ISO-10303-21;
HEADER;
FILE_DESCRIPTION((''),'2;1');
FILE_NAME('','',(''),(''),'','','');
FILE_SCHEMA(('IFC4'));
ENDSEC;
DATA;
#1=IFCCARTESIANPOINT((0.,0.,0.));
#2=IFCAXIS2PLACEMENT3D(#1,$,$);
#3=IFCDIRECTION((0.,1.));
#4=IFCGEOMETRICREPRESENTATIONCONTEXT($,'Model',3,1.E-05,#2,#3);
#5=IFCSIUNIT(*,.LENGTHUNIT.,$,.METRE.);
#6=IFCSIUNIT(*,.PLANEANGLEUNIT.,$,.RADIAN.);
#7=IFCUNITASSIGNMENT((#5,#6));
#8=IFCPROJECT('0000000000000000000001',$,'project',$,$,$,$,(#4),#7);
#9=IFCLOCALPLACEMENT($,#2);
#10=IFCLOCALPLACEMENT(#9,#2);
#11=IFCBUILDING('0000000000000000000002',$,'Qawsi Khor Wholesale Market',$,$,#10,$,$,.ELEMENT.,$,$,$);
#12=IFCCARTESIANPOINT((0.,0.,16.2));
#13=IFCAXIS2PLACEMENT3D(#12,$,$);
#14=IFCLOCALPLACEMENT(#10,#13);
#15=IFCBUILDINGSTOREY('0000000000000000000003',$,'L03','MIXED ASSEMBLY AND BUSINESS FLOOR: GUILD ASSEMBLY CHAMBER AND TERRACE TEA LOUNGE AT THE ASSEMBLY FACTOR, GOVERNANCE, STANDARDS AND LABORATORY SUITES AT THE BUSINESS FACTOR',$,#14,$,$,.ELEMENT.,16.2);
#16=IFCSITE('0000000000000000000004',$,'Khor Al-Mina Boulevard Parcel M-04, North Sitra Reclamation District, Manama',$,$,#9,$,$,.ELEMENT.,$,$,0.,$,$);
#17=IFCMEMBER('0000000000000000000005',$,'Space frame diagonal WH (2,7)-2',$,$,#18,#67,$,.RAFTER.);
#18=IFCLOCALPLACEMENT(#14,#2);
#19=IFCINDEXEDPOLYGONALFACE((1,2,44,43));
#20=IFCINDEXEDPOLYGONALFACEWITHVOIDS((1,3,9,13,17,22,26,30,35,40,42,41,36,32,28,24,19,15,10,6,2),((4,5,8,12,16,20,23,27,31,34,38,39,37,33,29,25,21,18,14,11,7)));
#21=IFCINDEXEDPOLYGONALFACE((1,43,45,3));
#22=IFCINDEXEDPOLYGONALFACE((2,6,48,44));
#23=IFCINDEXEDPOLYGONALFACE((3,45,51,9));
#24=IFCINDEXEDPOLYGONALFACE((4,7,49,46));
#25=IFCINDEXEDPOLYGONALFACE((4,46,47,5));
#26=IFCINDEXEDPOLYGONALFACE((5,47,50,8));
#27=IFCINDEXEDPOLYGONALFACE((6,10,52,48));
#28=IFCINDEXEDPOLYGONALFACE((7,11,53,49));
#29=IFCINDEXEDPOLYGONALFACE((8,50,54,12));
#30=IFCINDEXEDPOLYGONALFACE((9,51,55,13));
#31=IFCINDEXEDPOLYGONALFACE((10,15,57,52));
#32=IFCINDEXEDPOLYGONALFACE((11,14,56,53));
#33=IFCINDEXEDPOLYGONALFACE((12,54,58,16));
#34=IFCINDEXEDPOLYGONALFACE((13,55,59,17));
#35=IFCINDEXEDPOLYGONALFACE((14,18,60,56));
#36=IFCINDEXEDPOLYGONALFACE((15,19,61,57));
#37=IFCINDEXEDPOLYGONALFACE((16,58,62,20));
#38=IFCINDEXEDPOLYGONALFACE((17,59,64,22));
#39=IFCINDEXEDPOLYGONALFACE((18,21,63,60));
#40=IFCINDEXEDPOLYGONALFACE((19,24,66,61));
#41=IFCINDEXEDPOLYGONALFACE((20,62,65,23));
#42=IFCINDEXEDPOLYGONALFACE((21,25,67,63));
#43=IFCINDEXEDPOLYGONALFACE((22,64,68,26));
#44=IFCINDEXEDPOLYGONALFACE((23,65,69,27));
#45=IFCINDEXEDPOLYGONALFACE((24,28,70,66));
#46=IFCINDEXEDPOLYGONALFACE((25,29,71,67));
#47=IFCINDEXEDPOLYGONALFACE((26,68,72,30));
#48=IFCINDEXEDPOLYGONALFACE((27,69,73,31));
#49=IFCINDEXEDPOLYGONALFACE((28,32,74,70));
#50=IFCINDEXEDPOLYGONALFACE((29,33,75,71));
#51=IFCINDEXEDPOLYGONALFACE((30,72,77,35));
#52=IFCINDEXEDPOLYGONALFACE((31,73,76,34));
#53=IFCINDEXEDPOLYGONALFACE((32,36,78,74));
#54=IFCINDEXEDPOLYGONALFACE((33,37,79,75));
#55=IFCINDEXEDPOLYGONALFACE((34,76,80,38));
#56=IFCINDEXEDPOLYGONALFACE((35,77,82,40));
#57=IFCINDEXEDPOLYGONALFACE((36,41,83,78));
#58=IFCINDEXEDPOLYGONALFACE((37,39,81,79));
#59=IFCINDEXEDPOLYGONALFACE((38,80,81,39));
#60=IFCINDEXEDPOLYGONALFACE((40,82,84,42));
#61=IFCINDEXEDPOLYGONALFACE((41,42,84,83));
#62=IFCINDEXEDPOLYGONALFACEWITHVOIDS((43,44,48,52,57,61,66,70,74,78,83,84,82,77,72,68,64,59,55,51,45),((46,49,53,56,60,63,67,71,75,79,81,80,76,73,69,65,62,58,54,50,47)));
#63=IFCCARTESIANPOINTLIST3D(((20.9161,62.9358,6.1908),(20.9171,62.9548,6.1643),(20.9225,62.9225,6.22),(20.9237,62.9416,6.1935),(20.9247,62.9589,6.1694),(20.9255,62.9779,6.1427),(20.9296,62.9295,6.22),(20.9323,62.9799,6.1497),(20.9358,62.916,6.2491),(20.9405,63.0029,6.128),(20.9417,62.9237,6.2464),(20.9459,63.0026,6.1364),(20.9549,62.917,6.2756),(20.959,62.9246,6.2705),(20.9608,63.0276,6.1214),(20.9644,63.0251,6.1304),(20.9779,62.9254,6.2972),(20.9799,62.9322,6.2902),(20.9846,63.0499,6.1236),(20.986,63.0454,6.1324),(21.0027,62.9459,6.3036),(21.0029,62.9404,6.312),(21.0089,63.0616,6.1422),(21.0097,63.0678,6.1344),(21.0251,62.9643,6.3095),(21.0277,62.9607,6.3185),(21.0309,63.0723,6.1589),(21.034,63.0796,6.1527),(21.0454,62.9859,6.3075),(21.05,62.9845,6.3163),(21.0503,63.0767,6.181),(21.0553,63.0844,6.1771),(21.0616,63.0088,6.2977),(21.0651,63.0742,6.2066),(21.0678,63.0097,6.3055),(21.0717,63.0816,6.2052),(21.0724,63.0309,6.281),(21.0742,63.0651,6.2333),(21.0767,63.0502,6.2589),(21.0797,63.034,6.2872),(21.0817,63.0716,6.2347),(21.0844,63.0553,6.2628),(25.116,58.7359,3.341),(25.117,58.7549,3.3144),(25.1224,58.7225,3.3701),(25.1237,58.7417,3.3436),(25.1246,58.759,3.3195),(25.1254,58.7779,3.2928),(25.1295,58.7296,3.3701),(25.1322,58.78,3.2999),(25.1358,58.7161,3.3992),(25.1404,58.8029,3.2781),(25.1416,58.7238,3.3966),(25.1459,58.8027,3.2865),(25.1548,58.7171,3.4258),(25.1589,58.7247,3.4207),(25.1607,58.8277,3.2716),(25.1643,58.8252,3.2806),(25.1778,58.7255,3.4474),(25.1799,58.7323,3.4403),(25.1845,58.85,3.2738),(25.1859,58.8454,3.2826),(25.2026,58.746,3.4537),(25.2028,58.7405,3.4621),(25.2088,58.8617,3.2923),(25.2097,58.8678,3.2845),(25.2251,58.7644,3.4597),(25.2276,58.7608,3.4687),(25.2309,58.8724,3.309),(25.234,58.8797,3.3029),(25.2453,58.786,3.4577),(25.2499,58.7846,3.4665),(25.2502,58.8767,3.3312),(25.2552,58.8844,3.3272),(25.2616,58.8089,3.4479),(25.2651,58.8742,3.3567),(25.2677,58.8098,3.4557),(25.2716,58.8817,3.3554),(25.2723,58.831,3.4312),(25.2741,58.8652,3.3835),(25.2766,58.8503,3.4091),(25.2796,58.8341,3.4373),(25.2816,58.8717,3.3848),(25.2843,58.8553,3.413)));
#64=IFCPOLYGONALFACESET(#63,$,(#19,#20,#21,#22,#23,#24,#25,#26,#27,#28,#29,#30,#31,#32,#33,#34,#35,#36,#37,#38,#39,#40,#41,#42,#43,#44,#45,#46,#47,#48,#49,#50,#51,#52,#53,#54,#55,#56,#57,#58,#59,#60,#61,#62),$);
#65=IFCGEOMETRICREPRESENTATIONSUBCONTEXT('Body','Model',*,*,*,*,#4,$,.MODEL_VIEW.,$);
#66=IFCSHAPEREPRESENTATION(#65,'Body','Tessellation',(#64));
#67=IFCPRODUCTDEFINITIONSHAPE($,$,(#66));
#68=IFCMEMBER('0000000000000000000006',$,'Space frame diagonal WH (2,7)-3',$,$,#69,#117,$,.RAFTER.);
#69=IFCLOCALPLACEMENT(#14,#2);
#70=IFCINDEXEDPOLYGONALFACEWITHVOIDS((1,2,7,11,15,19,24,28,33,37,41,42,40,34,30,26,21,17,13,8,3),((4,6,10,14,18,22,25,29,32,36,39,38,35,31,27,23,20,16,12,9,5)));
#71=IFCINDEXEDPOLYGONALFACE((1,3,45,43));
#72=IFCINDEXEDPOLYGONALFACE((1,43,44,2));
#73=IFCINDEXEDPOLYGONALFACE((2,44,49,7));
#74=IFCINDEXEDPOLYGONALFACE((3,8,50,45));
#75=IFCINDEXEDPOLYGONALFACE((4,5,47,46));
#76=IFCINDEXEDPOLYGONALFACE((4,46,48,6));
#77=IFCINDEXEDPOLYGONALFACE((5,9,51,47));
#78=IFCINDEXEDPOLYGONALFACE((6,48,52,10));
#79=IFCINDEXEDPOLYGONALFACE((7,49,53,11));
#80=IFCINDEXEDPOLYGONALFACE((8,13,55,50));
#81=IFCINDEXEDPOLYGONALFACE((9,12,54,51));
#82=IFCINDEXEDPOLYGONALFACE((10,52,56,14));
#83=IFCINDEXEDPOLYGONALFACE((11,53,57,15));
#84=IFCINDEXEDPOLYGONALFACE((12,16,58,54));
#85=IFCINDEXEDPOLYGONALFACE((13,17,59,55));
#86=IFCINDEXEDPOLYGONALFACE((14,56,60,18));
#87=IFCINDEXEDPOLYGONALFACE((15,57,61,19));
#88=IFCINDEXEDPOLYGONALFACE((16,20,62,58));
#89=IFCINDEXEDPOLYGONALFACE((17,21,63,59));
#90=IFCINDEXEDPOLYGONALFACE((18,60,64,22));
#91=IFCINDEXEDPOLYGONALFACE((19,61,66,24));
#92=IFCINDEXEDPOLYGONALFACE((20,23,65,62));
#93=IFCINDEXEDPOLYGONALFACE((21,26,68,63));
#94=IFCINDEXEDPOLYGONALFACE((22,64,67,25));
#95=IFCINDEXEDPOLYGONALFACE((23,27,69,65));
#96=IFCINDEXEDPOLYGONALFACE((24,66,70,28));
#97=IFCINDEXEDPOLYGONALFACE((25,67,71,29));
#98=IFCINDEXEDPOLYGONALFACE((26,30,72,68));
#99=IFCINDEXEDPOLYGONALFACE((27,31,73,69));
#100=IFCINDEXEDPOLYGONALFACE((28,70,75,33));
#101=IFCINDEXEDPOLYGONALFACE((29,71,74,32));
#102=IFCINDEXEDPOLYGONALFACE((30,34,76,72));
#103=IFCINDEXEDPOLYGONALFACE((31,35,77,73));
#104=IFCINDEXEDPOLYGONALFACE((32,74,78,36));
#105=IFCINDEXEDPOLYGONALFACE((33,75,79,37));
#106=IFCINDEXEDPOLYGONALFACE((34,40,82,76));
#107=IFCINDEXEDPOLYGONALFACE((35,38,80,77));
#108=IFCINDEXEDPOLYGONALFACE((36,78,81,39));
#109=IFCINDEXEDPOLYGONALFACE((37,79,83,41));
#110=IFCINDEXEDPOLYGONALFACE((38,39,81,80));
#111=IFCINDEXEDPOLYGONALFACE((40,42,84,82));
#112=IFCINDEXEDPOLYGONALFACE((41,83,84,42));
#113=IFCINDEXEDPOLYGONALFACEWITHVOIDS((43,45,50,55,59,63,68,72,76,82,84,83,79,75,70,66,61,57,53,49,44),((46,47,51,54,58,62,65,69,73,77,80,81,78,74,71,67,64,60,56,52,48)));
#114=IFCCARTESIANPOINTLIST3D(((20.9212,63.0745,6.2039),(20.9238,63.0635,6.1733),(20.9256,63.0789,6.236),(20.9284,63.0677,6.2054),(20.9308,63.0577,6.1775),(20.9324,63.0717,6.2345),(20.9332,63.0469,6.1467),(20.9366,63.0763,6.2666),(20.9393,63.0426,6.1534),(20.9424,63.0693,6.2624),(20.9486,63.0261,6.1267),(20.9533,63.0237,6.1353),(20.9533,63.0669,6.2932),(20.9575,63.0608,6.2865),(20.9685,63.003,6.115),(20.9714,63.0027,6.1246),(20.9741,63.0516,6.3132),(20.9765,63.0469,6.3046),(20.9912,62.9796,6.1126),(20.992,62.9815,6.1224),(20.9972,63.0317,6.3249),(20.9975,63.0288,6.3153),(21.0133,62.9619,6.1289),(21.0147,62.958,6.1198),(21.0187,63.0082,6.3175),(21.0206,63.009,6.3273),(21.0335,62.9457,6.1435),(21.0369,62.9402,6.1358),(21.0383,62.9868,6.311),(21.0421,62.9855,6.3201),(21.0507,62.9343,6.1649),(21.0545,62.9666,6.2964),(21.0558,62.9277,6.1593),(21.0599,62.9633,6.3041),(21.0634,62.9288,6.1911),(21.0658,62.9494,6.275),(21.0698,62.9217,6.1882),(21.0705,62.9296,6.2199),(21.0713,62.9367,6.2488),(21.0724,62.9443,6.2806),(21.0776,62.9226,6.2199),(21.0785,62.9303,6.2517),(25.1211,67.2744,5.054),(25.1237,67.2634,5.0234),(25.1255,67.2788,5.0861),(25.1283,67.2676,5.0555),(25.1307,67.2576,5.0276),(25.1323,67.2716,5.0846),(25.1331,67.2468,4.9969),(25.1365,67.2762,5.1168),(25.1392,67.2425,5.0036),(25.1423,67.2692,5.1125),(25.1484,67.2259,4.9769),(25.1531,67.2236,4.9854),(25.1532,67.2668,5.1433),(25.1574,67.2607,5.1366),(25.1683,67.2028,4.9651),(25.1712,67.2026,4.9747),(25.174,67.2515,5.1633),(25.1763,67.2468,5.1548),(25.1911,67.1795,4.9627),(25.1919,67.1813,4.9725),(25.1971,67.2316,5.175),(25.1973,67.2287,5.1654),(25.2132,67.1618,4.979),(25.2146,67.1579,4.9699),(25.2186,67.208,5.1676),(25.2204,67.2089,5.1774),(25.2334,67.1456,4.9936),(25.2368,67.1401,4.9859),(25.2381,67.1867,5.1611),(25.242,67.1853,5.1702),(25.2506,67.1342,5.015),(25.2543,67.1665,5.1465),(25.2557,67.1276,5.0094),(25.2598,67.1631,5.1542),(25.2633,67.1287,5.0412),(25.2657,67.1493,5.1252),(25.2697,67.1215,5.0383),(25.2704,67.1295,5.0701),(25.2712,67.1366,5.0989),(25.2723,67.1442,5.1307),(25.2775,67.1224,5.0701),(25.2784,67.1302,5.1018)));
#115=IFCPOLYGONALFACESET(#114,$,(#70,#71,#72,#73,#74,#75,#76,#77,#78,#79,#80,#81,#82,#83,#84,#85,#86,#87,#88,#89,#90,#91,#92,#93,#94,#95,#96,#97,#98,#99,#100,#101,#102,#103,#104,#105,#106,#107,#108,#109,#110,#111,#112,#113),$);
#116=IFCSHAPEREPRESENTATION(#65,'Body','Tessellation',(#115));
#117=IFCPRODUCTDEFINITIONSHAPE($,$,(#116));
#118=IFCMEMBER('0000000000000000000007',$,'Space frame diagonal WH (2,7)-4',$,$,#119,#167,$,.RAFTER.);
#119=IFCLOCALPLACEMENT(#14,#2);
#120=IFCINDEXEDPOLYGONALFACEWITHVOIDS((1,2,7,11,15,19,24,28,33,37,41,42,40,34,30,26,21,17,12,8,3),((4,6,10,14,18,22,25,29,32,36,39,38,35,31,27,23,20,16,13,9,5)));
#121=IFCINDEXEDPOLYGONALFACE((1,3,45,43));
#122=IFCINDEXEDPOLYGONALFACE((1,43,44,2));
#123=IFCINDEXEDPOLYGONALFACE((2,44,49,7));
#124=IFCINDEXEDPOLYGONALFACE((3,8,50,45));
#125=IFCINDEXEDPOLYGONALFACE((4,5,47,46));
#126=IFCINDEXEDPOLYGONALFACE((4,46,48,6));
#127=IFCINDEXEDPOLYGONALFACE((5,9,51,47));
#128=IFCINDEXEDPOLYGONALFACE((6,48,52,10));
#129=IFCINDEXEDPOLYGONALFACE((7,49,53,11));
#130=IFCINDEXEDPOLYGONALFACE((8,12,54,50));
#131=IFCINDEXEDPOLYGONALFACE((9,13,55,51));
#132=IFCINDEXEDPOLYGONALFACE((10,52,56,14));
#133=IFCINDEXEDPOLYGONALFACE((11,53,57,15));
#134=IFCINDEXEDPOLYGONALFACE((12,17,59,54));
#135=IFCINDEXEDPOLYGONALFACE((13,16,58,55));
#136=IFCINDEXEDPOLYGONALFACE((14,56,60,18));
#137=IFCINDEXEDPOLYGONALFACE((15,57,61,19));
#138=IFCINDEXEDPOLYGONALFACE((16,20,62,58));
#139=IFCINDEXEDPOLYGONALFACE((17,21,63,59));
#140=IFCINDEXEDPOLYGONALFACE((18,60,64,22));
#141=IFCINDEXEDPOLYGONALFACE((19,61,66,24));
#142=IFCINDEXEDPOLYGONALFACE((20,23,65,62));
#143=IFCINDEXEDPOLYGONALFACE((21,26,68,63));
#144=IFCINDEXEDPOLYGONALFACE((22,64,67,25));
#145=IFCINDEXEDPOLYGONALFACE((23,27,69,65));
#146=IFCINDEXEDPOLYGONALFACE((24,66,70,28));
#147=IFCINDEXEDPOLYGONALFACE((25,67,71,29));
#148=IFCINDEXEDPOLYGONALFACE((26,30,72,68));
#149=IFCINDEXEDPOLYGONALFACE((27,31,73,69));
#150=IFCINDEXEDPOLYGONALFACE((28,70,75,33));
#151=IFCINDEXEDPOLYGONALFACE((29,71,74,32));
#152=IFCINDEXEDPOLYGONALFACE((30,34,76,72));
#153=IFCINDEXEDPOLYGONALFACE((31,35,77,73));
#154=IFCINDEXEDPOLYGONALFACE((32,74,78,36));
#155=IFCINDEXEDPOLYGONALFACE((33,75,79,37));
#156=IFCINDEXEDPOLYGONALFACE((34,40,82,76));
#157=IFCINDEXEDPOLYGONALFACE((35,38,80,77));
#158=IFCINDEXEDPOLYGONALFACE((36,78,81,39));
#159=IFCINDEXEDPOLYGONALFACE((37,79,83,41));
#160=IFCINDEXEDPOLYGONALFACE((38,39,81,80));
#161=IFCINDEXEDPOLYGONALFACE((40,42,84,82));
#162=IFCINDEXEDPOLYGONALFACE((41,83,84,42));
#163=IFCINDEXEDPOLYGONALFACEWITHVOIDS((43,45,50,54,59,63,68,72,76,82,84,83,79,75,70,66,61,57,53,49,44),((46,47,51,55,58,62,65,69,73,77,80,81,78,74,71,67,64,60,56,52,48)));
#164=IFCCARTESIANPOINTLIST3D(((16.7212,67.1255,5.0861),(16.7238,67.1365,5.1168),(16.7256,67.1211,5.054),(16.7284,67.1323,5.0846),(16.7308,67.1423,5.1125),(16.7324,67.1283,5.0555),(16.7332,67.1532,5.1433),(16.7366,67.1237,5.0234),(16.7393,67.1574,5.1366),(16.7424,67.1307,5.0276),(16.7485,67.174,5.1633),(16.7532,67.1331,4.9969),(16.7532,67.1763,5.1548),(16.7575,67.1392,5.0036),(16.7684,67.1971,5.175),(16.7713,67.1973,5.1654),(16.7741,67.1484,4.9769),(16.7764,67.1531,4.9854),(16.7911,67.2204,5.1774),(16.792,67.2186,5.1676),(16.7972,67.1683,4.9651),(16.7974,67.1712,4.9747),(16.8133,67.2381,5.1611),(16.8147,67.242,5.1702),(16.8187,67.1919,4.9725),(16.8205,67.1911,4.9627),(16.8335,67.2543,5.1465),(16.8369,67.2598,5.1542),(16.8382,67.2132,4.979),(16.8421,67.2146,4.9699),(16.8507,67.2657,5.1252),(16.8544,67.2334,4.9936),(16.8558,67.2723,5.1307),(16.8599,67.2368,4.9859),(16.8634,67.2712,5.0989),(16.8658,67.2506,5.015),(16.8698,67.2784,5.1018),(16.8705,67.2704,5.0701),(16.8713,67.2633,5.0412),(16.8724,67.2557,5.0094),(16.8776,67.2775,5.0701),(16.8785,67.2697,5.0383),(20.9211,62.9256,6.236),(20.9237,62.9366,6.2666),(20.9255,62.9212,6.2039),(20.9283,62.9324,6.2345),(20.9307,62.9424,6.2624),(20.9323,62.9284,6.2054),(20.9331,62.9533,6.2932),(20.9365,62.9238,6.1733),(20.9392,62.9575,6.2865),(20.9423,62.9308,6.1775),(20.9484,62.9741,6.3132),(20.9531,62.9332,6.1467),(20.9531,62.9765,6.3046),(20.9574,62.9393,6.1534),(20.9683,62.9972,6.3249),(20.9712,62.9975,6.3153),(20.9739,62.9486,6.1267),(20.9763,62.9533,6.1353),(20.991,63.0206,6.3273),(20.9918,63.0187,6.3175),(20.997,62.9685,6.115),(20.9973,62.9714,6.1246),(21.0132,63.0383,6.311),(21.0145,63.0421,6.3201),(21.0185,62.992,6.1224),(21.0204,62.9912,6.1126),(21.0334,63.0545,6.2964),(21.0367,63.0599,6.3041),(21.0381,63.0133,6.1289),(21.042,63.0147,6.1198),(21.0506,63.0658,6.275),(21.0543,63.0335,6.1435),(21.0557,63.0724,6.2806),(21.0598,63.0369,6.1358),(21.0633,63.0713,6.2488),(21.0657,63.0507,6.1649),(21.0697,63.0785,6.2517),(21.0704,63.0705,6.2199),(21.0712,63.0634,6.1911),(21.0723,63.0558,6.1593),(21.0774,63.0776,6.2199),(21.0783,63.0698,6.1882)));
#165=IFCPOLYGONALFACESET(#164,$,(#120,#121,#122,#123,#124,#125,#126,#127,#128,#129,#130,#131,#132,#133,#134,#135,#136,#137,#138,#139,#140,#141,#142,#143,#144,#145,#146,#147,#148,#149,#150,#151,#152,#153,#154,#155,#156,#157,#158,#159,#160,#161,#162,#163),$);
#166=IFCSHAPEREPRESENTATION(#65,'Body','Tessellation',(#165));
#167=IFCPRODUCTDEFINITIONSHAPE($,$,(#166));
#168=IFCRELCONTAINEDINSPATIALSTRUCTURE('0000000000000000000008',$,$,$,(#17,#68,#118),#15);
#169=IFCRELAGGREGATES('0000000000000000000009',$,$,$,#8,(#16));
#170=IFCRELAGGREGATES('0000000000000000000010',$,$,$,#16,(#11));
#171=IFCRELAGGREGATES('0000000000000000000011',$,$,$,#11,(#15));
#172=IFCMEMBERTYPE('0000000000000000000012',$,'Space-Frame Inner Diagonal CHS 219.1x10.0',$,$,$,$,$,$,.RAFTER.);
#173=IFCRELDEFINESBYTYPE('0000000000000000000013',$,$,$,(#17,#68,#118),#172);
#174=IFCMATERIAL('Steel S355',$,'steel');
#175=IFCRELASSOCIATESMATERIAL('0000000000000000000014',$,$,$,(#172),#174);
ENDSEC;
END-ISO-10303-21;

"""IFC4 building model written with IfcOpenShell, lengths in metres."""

from ifc_helpers import new_model, si_unit, direction, frame, origin, origin_2d, place, context, subcontext, project, spatial, hollow_circle, extrude, material, material_profile, profile_set, type_object, element, save


model = new_model("IFC4")

# Units and contexts
model_context = context("Model", 3, precision=1e-05, world=origin(), true_north=direction((0.0, 1.0)))
body_context = subcontext(model_context, "Body", "Model", "MODEL_VIEW")
ifc_project = project(units=[si_unit("LENGTHUNIT", "METRE"), si_unit("PLANEANGLEUNIT", "RADIAN")], contexts=[model_context])

# Site, building, storey
site_placement = place(None, origin())
site = spatial("IfcSite", under=ifc_project, at=site_placement, Name="Khor Al-Mina Boulevard Parcel M-04, North Sitra Reclamation District, Manama", CompositionType="ELEMENT", RefElevation=0.0)
building_placement = place(site_placement, origin())
building = spatial("IfcBuilding", under=site, at=building_placement, Name="Qawsi Khor Wholesale Market", CompositionType="ELEMENT")
storey_placement = place(building_placement, frame((0.0, 0.0, 16.2)))
storey = spatial("IfcBuildingStorey", under=building, at=storey_placement, Name="L03", Description="MIXED ASSEMBLY AND BUSINESS FLOOR: GUILD ASSEMBLY CHAMBER AND TERRACE TEA LOUNGE AT THE ASSEMBLY FACTOR, GOVERNANCE, STANDARDS AND LABORATORY SUITES AT THE BUSINESS FACTOR", CompositionType="ELEMENT", Elevation=16.2)

# Members
ifc_material_1 = material(Name="Steel S355", Category="steel")
ifc_material_profile_1 = material_profile(ifc_material_1, hollow_circle(Radius=0.1096, WallThickness=0.01, at=origin_2d()), Name="CHS 219.1x10.0")
ifc_profile_set_1 = profile_set([ifc_material_profile_1], Name="Steel S355")
member_type_1 = type_object("IfcMemberType", Name="Space-Frame Inner Diagonal CHS 219.1x10.0", PredefinedType="RAFTER", material=ifc_profile_set_1)
member_1_placement = place(storey_placement, frame((25.2, 58.8, 3.3701), z_axis=(-0.637522, 0.637522, 0.432587), x_axis=(-0.707107, -0.707107, 0.0)))
element("IfcMember", 1, at=member_1_placement, inside=storey, type_object=member_type_1, Name="Space frame diagonal WH (2,7)-2", PredefinedType="RAFTER", context=body_context, shape_type="SweptSolid", body=[
    extrude(hollow_circle(Radius=0.1096, WallThickness=0.01, at=origin_2d()), origin(), (0.0, 0.0, 1.0), 6.5879),
])
for number, where, z_axis, x_axis, name in (
    (2, (25.2, 67.2, 5.0701), (-0.694217, -0.694217, 0.190069), (0.707107, -0.707107, 0.0), "Space frame diagonal WH (2,7)-3"),
    (3, (16.8, 67.2, 5.0701), (0.694217, -0.694217, 0.190069), (0.707107, 0.707107, 0.0), "Space frame diagonal WH (2,7)-4"),
):
    element("IfcMember", number, at=place(storey_placement, frame(where, z_axis=z_axis, x_axis=x_axis)), inside=storey, type_object=member_type_1, Name=name, PredefinedType="RAFTER", context=body_context, shape_type="SweptSolid", body=[
        extrude(hollow_circle(Radius=0.1096, WallThickness=0.01, at=origin_2d()), origin(), (0.0, 0.0, 1.0), 6.0498),
    ])

save(model, "model.ifc")
